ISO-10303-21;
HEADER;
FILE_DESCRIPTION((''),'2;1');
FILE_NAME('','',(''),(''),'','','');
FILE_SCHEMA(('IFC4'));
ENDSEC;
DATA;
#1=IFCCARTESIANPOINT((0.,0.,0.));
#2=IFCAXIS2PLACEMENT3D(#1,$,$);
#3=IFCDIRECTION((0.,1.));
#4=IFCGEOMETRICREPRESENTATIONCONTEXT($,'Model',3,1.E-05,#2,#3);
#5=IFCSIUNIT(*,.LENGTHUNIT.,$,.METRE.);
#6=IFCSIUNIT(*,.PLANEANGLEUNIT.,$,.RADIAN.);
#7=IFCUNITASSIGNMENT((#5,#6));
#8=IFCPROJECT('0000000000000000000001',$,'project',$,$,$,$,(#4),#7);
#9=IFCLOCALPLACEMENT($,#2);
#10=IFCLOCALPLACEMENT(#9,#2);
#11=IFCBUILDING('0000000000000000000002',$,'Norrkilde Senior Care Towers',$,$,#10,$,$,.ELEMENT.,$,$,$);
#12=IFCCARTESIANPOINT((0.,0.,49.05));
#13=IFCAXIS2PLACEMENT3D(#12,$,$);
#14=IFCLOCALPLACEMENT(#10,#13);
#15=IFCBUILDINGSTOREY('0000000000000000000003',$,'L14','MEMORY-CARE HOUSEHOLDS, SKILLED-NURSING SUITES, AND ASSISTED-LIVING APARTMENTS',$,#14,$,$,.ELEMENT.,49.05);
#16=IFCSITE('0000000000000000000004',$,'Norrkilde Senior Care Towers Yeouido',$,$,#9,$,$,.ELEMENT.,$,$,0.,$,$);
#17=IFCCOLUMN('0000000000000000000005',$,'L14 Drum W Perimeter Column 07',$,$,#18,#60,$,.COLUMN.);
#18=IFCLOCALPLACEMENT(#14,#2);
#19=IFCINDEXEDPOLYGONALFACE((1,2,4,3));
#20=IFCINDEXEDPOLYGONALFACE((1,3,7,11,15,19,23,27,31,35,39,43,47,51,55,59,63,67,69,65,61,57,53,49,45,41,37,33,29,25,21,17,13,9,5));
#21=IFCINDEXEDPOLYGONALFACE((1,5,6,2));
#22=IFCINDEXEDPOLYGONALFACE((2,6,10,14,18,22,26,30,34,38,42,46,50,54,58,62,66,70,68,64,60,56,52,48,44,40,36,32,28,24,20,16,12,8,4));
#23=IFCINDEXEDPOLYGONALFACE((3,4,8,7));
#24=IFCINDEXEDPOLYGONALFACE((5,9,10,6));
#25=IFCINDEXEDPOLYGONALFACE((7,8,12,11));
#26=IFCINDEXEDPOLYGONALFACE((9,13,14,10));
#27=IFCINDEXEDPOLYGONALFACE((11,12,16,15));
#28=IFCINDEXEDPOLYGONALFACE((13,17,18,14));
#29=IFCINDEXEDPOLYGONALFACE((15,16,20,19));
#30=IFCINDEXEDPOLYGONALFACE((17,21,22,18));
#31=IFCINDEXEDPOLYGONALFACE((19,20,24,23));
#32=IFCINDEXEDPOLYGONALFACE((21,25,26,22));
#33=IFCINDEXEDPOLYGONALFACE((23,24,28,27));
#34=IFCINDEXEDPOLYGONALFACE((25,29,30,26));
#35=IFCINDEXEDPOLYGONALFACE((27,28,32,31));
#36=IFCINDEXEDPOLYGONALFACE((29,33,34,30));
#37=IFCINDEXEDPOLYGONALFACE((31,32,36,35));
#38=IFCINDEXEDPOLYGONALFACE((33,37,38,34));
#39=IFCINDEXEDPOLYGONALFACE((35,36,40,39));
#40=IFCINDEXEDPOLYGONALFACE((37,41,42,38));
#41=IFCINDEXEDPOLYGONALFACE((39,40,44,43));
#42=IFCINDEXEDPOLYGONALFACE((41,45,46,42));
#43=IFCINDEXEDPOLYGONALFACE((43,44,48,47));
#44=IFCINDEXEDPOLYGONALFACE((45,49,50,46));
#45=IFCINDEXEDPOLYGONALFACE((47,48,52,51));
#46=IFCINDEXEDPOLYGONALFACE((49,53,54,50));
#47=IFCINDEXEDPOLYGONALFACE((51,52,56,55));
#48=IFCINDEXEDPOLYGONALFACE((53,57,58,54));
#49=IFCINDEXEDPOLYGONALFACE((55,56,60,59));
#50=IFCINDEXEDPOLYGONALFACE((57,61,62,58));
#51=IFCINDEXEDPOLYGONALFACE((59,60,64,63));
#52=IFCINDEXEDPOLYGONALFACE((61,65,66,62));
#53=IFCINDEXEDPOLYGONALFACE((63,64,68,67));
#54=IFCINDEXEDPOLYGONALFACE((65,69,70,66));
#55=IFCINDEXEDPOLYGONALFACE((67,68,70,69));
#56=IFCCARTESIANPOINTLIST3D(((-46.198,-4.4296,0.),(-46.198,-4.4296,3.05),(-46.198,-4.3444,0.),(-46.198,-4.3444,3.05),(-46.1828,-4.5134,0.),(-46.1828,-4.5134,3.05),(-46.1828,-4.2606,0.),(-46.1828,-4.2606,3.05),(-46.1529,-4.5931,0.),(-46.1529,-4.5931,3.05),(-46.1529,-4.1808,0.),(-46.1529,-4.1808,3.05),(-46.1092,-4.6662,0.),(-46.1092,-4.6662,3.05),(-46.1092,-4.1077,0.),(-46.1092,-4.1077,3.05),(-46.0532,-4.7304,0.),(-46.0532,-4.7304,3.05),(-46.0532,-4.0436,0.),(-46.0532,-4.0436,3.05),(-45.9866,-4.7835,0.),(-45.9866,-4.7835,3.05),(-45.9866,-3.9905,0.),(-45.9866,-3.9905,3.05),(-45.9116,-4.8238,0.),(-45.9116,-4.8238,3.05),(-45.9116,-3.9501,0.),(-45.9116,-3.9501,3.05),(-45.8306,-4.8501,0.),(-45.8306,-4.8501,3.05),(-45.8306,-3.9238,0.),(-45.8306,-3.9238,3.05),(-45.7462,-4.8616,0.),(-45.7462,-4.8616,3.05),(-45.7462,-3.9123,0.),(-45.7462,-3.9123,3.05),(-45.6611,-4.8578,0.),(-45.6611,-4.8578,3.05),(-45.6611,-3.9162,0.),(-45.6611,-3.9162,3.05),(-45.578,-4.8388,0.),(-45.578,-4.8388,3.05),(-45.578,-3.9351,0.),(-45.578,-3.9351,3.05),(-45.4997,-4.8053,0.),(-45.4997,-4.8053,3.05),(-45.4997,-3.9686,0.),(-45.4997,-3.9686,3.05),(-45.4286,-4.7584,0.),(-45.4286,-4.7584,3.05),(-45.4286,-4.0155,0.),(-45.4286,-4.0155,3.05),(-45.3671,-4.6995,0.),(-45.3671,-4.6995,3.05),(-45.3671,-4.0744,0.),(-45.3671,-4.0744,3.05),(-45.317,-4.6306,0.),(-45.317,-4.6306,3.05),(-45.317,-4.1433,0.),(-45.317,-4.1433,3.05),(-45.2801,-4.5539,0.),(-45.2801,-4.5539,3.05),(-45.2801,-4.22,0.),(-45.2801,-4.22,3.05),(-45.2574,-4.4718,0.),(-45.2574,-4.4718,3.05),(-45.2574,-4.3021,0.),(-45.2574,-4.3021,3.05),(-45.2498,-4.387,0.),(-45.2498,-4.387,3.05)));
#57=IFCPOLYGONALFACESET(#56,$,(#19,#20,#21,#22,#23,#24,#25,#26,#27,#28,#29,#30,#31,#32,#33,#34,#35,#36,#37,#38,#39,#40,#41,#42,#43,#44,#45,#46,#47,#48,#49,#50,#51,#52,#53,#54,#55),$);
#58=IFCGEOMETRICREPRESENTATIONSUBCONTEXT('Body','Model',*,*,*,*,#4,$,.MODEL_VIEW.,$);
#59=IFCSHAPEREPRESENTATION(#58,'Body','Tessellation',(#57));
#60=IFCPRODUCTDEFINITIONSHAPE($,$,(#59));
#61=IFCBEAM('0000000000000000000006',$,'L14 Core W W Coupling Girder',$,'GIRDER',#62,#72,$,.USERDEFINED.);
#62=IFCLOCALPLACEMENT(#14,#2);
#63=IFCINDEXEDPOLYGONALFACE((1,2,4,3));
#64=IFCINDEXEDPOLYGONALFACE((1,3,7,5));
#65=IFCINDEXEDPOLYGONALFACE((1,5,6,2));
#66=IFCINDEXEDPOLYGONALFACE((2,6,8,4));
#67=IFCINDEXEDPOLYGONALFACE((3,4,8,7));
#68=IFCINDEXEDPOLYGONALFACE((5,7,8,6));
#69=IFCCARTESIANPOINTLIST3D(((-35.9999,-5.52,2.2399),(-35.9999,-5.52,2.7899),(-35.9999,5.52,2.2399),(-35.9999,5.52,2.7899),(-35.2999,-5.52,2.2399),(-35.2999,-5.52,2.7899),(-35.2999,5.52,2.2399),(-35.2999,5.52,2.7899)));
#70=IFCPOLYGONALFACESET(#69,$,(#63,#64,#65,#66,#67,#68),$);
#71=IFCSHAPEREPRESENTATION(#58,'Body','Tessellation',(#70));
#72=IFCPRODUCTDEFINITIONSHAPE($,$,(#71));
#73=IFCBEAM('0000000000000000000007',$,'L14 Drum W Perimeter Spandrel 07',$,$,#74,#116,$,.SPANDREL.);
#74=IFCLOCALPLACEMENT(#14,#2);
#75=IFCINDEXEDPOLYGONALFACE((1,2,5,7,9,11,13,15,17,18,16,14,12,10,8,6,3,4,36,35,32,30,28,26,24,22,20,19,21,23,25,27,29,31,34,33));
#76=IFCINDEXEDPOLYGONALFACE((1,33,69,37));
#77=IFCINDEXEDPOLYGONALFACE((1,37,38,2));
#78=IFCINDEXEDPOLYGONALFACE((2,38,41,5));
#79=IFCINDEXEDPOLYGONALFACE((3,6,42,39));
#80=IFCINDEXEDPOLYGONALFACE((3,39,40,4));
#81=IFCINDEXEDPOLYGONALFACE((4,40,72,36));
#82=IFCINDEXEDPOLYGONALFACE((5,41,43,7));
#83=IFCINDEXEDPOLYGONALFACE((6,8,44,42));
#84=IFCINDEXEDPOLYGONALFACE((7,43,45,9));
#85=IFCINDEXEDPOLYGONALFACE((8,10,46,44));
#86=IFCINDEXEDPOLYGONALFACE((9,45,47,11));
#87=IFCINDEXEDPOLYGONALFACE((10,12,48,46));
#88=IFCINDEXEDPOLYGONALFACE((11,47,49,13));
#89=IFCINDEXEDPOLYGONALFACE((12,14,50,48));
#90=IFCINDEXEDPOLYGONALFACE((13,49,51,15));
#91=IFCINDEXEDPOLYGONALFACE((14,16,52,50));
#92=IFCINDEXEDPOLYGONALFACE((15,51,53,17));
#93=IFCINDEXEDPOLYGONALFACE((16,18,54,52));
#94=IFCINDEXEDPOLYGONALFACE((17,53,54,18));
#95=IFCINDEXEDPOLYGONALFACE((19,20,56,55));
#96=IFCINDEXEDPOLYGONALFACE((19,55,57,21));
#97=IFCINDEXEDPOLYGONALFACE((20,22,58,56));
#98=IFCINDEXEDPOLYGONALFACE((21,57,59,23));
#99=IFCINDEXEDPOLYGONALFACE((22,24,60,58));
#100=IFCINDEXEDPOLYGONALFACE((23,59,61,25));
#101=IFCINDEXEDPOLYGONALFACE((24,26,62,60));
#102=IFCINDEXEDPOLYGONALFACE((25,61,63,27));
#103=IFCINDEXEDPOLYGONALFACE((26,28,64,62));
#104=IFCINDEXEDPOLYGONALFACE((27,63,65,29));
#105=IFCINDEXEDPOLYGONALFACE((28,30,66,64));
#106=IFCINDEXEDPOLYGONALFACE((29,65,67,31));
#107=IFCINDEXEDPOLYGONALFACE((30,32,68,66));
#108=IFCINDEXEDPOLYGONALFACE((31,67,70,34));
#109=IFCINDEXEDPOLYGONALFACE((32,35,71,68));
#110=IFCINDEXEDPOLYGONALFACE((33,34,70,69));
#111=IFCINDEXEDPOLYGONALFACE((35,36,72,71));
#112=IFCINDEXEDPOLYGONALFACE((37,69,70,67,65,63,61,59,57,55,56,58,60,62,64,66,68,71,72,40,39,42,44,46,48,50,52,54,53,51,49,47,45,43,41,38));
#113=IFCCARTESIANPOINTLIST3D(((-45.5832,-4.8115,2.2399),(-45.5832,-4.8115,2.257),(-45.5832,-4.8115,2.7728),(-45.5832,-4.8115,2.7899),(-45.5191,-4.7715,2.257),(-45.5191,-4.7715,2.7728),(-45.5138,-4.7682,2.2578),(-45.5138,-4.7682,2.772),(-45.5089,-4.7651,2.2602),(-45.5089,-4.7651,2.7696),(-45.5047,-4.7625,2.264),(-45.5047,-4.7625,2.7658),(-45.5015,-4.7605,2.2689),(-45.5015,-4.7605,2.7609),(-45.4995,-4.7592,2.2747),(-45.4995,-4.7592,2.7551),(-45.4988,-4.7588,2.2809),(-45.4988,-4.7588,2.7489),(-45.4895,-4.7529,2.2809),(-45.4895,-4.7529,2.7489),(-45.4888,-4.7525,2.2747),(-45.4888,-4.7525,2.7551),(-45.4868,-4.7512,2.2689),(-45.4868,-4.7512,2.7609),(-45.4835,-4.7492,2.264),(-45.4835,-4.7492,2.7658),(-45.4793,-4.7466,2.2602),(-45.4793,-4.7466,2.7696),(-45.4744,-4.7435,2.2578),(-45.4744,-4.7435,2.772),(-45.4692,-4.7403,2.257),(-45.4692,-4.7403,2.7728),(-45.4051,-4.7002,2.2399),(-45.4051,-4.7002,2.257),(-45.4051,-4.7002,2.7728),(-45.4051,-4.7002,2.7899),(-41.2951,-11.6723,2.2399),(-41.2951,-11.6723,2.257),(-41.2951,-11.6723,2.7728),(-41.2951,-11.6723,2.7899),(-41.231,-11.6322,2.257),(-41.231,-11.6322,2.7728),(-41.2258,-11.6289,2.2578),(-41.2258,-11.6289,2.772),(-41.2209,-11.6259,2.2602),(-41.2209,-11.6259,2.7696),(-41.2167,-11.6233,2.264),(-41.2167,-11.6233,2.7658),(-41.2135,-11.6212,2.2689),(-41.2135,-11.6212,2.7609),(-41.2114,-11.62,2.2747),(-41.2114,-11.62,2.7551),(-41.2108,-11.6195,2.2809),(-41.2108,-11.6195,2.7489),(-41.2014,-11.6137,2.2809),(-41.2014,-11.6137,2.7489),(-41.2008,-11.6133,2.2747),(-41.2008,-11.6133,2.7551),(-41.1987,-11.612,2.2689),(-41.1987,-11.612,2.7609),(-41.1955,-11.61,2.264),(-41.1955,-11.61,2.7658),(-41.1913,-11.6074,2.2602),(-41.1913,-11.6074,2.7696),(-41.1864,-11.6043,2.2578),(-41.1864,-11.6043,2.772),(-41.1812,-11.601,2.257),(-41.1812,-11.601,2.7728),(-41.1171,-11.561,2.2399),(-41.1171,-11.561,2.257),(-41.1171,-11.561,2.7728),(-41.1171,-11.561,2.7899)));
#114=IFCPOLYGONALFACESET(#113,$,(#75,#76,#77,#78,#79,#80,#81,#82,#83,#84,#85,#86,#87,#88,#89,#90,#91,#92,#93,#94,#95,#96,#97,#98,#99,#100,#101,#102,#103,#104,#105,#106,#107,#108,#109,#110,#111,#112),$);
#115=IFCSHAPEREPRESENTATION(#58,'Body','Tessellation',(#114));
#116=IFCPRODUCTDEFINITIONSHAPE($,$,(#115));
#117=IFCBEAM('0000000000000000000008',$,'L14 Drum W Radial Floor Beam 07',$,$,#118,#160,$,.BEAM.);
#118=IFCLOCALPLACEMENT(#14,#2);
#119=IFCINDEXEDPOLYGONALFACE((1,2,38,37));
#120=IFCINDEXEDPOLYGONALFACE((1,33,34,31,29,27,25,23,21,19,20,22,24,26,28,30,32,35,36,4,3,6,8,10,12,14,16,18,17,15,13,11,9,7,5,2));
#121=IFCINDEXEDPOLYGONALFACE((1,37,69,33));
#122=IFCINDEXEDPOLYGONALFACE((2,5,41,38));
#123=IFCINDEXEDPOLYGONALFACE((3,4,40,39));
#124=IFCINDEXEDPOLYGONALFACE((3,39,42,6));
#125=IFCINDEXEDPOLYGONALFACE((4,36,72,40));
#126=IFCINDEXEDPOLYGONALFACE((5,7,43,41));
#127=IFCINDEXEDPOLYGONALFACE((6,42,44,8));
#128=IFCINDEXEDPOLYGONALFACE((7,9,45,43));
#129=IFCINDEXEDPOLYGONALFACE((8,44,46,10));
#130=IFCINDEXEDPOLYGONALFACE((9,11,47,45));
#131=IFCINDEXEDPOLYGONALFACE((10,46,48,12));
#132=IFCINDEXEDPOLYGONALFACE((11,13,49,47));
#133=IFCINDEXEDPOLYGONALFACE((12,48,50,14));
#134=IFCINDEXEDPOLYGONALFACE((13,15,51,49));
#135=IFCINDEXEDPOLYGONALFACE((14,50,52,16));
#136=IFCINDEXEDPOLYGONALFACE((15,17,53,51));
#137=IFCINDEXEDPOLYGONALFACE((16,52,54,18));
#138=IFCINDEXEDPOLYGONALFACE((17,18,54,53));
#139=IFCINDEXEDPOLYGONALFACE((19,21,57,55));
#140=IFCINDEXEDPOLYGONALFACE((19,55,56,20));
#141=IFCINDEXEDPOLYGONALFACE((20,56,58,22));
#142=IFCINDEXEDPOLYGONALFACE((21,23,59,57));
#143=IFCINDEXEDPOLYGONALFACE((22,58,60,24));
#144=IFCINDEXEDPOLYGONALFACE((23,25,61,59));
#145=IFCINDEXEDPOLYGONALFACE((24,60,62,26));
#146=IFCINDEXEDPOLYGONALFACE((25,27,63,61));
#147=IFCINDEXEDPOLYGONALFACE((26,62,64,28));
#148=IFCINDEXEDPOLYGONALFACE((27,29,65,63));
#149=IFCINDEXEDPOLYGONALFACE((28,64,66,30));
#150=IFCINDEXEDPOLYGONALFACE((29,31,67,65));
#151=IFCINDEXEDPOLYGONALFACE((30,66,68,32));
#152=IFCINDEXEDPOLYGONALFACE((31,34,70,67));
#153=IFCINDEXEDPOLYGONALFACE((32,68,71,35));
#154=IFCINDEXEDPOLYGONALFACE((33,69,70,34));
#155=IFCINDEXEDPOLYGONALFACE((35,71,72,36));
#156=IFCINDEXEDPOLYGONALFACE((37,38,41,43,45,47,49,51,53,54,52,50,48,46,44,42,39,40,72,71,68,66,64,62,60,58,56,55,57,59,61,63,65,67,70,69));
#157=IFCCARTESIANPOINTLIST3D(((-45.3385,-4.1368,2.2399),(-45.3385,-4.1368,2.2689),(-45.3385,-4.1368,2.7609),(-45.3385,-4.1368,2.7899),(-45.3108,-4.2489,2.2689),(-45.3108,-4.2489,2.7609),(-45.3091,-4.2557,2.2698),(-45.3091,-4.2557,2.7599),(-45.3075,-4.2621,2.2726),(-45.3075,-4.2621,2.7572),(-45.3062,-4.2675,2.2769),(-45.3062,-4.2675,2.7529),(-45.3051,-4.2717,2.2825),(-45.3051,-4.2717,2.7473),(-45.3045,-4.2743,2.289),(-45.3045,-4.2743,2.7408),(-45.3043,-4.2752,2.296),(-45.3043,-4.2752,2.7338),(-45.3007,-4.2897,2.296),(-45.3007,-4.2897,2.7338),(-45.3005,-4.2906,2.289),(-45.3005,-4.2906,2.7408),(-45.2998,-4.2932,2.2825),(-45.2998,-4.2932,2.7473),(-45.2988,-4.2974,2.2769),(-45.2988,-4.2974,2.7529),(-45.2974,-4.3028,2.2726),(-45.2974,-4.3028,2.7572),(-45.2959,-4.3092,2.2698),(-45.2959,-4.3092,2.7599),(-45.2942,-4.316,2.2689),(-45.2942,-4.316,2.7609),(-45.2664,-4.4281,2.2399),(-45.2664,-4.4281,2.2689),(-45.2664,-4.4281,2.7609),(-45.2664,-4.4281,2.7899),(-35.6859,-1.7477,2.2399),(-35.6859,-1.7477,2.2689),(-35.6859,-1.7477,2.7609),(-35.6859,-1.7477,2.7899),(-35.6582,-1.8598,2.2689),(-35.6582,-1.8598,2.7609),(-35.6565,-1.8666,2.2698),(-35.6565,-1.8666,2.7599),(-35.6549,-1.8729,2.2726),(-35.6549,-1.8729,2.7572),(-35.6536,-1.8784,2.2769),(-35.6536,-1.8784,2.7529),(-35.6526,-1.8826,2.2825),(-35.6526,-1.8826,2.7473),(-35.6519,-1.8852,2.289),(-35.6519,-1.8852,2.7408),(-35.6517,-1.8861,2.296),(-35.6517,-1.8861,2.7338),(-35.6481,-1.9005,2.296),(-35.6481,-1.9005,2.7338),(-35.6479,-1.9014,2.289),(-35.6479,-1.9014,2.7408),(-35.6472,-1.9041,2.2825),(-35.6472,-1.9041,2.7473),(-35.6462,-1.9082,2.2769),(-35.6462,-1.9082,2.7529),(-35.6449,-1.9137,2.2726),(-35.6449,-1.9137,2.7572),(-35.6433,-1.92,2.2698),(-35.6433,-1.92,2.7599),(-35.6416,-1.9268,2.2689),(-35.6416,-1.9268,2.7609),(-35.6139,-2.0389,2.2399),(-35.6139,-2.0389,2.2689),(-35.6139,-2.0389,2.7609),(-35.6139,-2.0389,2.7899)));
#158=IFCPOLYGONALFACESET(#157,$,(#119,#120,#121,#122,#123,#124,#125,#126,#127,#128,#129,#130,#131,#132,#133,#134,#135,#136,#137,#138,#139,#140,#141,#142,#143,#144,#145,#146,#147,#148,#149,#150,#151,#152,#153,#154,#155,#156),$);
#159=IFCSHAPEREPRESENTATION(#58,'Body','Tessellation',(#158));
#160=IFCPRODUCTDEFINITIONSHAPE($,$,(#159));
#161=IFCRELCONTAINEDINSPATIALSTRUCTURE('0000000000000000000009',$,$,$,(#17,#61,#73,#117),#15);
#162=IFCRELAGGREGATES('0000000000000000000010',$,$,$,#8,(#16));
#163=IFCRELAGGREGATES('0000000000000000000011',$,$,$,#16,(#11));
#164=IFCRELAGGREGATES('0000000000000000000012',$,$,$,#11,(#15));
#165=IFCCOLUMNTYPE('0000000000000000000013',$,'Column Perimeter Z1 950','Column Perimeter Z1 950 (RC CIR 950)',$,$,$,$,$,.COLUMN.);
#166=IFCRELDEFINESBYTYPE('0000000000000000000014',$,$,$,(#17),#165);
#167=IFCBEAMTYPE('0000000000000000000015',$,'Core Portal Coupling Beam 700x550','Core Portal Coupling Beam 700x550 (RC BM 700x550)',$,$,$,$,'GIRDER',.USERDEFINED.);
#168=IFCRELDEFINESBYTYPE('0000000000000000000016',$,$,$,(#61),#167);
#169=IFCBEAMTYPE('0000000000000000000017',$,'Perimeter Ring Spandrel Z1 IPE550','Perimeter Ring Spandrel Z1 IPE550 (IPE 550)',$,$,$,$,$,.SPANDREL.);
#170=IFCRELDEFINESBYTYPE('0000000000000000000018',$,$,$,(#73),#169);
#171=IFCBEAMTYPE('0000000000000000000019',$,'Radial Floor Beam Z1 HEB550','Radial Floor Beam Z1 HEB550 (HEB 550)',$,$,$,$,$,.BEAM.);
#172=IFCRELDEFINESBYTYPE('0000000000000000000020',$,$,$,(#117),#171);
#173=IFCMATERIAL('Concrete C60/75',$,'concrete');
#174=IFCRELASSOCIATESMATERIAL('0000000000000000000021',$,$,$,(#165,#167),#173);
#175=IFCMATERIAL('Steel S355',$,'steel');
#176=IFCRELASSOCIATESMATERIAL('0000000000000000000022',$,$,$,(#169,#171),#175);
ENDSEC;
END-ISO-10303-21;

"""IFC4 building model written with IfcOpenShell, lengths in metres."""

from ifc_helpers import new_model, si_unit, direction, frame, origin, origin_2d, place, context, subcontext, project, spatial, rectangle, circle, i_section, extrude, source, transform, mapped, material, material_profile, profile_set, type_object, type_shapes, element, save


model = new_model("IFC4")

# Units and contexts
model_context = context("Model", 3, precision=1e-05, world=origin(), true_north=direction((0.0, 1.0)))
body_context = subcontext(model_context, "Body", "Model", "MODEL_VIEW")
ifc_project = project(units=[si_unit("LENGTHUNIT", "METRE"), si_unit("PLANEANGLEUNIT", "RADIAN")], contexts=[model_context])

# Site, building, storey
site_placement = place(None, origin())
site = spatial("IfcSite", under=ifc_project, at=site_placement, Name="Norrkilde Senior Care Towers Yeouido", CompositionType="ELEMENT", RefElevation=0.0)
building_placement = place(site_placement, origin())
building = spatial("IfcBuilding", under=site, at=building_placement, Name="Norrkilde Senior Care Towers", CompositionType="ELEMENT")
storey_placement = place(building_placement, frame((0.0, 0.0, 49.05)))
storey = spatial("IfcBuildingStorey", under=building, at=storey_placement, Name="L14", Description="MEMORY-CARE HOUSEHOLDS, SKILLED-NURSING SUITES, AND ASSISTED-LIVING APARTMENTS", CompositionType="ELEMENT", Elevation=49.05)

# Column
ifc_material_1 = material(Name="Concrete C60/75", Category="concrete")
ifc_material_profile_1 = material_profile(ifc_material_1, circle(Radius=0.4751, at=origin_2d()), Name="RC CIR 950")
ifc_profile_set_1 = profile_set([ifc_material_profile_1], Name="Concrete C60/75")
column_type = type_object("IfcColumnType", Name="Column Perimeter Z1 950", Description="Column Perimeter Z1 950 (RC CIR 950)", PredefinedType="COLUMN", material=ifc_profile_set_1)
shared_shape_1 = source(origin(), body_context, "Body", "SweptSolid", [
    extrude(circle(Radius=0.4751, at=origin_2d()), origin(), (0.0, 0.0, 1.0), 3.05),
])
type_shapes(column_type, [shared_shape_1])
column_placement = place(storey_placement, frame((-45.7249, -4.387, 0.0), z_axis=(0.0, 0.0, 1.0), x_axis=(1.0, 0.0, 0.0)))
element("IfcColumn", 1, at=column_placement, inside=storey, type_object=column_type, Name="L14 Drum W Perimeter Column 07", PredefinedType="COLUMN", context=body_context, shape_type="MappedRepresentation", body=[
    mapped(shared_shape_1, transform((0.0, 0.0, 0.0), x_axis=(1.0, 0.0, 0.0), y_axis=(0.0, 1.0, 0.0), z_axis=(0.0, 0.0, 1.0), scale=1.0)),
])

# Beams
ifc_material_profile_2 = material_profile(ifc_material_1, rectangle(XDim=0.7, YDim=0.55, at=origin_2d()), Name="RC BM 700x550")
ifc_profile_set_2 = profile_set([ifc_material_profile_2], Name="Concrete C60/75")
beam_type_1 = type_object("IfcBeamType", Name="Core Portal Coupling Beam 700x550", Description="Core Portal Coupling Beam 700x550 (RC BM 700x550)", ElementType="GIRDER", PredefinedType="USERDEFINED", material=ifc_profile_set_2)
shared_shape_2 = source(origin(), body_context, "Body", "SweptSolid", [
    extrude(rectangle(XDim=0.7, YDim=0.55, at=origin_2d()), origin(), (0.0, 0.0, 1.0), 11.04),
])
type_shapes(beam_type_1, [shared_shape_2])
beam_1_placement = place(storey_placement, frame((-35.6499, -5.52, 2.5149), z_axis=(0.0, 1.0, 0.0), x_axis=(-1.0, 0.0, 0.0)))
element("IfcBeam", 2, at=beam_1_placement, inside=storey, type_object=beam_type_1, Name="L14 Core W W Coupling Girder", ObjectType="GIRDER", PredefinedType="USERDEFINED", context=body_context, shape_type="MappedRepresentation", body=[
    mapped(shared_shape_2, transform((0.0, 0.0, 0.0), x_axis=(1.0, 0.0, 0.0), y_axis=(0.0, 1.0, 0.0), z_axis=(0.0, 0.0, 1.0), scale=1.0)),
])
ifc_material_2 = material(Name="Steel S355", Category="steel")
ifc_material_profile_3 = material_profile(ifc_material_2, i_section(OverallWidth=0.21, OverallDepth=0.55, WebThickness=0.011, FlangeThickness=0.0171, FilletRadius=0.0239, at=origin_2d()), Name="IPE 550")
ifc_profile_set_3 = profile_set([ifc_material_profile_3], Name="Steel S355")
beam_type_2 = type_object("IfcBeamType", Name="Perimeter Ring Spandrel Z1 IPE550", Description="Perimeter Ring Spandrel Z1 IPE550 (IPE 550)", PredefinedType="SPANDREL", material=ifc_profile_set_3)
shared_shape_3 = source(origin(), body_context, "Body", "SweptSolid", [
    extrude(i_section(OverallWidth=0.21, OverallDepth=0.55, WebThickness=0.011, FlangeThickness=0.0171, FilletRadius=0.0239, at=origin_2d()), origin(), (0.0, 0.0, 1.0), 8.0906),
])
type_shapes(beam_type_2, [shared_shape_3])
beam_2_placement = place(storey_placement, frame((-45.4941, -4.7559, 2.5149), z_axis=(0.530004, -0.847995, 0.0), x_axis=(0.847995, 0.530004, 0.0)))
element("IfcBeam", 3, at=beam_2_placement, inside=storey, type_object=beam_type_2, Name="L14 Drum W Perimeter Spandrel 07", PredefinedType="SPANDREL", context=body_context, shape_type="MappedRepresentation", body=[
    mapped(shared_shape_3, transform((0.0, 0.0, 0.0), x_axis=(1.0, 0.0, 0.0), y_axis=(0.0, 1.0, 0.0), z_axis=(0.0, 0.0, 1.0), scale=1.0)),
])
ifc_material_profile_4 = material_profile(ifc_material_2, i_section(OverallWidth=0.3, OverallDepth=0.55, WebThickness=0.0149, FlangeThickness=0.0291, FilletRadius=0.0271, at=origin_2d()), Name="HEB 550")
ifc_profile_set_4 = profile_set([ifc_material_profile_4], Name="Steel S355")
beam_type_3 = type_object("IfcBeamType", Name="Radial Floor Beam Z1 HEB550", Description="Radial Floor Beam Z1 HEB550 (HEB 550)", PredefinedType="BEAM", material=ifc_profile_set_4)
shared_shape_4 = source(origin(), body_context, "Body", "SweptSolid", [
    extrude(i_section(OverallWidth=0.3, OverallDepth=0.55, WebThickness=0.0149, FlangeThickness=0.0291, FilletRadius=0.0271, at=origin_2d()), origin(), (0.0, 0.0, 1.0), 9.9438),
])
beam_3_placement = place(storey_placement, frame((-35.6499, -1.8933, 2.5149), z_axis=(-0.970707, -0.240265, 0.0), x_axis=(0.240265, -0.970707, 0.0)))
element("IfcBeam", 4, at=beam_3_placement, inside=storey, type_object=beam_type_3, Name="L14 Drum W Radial Floor Beam 07", PredefinedType="BEAM", context=body_context, shape_type="MappedRepresentation", body=[
    mapped(shared_shape_4, transform((0.0, 0.0, 0.0), x_axis=(1.0, 0.0, 0.0), y_axis=(0.0, 1.0, 0.0), z_axis=(0.0, 0.0, 1.0), scale=1.0)),
])

save(model, "model.ifc")
